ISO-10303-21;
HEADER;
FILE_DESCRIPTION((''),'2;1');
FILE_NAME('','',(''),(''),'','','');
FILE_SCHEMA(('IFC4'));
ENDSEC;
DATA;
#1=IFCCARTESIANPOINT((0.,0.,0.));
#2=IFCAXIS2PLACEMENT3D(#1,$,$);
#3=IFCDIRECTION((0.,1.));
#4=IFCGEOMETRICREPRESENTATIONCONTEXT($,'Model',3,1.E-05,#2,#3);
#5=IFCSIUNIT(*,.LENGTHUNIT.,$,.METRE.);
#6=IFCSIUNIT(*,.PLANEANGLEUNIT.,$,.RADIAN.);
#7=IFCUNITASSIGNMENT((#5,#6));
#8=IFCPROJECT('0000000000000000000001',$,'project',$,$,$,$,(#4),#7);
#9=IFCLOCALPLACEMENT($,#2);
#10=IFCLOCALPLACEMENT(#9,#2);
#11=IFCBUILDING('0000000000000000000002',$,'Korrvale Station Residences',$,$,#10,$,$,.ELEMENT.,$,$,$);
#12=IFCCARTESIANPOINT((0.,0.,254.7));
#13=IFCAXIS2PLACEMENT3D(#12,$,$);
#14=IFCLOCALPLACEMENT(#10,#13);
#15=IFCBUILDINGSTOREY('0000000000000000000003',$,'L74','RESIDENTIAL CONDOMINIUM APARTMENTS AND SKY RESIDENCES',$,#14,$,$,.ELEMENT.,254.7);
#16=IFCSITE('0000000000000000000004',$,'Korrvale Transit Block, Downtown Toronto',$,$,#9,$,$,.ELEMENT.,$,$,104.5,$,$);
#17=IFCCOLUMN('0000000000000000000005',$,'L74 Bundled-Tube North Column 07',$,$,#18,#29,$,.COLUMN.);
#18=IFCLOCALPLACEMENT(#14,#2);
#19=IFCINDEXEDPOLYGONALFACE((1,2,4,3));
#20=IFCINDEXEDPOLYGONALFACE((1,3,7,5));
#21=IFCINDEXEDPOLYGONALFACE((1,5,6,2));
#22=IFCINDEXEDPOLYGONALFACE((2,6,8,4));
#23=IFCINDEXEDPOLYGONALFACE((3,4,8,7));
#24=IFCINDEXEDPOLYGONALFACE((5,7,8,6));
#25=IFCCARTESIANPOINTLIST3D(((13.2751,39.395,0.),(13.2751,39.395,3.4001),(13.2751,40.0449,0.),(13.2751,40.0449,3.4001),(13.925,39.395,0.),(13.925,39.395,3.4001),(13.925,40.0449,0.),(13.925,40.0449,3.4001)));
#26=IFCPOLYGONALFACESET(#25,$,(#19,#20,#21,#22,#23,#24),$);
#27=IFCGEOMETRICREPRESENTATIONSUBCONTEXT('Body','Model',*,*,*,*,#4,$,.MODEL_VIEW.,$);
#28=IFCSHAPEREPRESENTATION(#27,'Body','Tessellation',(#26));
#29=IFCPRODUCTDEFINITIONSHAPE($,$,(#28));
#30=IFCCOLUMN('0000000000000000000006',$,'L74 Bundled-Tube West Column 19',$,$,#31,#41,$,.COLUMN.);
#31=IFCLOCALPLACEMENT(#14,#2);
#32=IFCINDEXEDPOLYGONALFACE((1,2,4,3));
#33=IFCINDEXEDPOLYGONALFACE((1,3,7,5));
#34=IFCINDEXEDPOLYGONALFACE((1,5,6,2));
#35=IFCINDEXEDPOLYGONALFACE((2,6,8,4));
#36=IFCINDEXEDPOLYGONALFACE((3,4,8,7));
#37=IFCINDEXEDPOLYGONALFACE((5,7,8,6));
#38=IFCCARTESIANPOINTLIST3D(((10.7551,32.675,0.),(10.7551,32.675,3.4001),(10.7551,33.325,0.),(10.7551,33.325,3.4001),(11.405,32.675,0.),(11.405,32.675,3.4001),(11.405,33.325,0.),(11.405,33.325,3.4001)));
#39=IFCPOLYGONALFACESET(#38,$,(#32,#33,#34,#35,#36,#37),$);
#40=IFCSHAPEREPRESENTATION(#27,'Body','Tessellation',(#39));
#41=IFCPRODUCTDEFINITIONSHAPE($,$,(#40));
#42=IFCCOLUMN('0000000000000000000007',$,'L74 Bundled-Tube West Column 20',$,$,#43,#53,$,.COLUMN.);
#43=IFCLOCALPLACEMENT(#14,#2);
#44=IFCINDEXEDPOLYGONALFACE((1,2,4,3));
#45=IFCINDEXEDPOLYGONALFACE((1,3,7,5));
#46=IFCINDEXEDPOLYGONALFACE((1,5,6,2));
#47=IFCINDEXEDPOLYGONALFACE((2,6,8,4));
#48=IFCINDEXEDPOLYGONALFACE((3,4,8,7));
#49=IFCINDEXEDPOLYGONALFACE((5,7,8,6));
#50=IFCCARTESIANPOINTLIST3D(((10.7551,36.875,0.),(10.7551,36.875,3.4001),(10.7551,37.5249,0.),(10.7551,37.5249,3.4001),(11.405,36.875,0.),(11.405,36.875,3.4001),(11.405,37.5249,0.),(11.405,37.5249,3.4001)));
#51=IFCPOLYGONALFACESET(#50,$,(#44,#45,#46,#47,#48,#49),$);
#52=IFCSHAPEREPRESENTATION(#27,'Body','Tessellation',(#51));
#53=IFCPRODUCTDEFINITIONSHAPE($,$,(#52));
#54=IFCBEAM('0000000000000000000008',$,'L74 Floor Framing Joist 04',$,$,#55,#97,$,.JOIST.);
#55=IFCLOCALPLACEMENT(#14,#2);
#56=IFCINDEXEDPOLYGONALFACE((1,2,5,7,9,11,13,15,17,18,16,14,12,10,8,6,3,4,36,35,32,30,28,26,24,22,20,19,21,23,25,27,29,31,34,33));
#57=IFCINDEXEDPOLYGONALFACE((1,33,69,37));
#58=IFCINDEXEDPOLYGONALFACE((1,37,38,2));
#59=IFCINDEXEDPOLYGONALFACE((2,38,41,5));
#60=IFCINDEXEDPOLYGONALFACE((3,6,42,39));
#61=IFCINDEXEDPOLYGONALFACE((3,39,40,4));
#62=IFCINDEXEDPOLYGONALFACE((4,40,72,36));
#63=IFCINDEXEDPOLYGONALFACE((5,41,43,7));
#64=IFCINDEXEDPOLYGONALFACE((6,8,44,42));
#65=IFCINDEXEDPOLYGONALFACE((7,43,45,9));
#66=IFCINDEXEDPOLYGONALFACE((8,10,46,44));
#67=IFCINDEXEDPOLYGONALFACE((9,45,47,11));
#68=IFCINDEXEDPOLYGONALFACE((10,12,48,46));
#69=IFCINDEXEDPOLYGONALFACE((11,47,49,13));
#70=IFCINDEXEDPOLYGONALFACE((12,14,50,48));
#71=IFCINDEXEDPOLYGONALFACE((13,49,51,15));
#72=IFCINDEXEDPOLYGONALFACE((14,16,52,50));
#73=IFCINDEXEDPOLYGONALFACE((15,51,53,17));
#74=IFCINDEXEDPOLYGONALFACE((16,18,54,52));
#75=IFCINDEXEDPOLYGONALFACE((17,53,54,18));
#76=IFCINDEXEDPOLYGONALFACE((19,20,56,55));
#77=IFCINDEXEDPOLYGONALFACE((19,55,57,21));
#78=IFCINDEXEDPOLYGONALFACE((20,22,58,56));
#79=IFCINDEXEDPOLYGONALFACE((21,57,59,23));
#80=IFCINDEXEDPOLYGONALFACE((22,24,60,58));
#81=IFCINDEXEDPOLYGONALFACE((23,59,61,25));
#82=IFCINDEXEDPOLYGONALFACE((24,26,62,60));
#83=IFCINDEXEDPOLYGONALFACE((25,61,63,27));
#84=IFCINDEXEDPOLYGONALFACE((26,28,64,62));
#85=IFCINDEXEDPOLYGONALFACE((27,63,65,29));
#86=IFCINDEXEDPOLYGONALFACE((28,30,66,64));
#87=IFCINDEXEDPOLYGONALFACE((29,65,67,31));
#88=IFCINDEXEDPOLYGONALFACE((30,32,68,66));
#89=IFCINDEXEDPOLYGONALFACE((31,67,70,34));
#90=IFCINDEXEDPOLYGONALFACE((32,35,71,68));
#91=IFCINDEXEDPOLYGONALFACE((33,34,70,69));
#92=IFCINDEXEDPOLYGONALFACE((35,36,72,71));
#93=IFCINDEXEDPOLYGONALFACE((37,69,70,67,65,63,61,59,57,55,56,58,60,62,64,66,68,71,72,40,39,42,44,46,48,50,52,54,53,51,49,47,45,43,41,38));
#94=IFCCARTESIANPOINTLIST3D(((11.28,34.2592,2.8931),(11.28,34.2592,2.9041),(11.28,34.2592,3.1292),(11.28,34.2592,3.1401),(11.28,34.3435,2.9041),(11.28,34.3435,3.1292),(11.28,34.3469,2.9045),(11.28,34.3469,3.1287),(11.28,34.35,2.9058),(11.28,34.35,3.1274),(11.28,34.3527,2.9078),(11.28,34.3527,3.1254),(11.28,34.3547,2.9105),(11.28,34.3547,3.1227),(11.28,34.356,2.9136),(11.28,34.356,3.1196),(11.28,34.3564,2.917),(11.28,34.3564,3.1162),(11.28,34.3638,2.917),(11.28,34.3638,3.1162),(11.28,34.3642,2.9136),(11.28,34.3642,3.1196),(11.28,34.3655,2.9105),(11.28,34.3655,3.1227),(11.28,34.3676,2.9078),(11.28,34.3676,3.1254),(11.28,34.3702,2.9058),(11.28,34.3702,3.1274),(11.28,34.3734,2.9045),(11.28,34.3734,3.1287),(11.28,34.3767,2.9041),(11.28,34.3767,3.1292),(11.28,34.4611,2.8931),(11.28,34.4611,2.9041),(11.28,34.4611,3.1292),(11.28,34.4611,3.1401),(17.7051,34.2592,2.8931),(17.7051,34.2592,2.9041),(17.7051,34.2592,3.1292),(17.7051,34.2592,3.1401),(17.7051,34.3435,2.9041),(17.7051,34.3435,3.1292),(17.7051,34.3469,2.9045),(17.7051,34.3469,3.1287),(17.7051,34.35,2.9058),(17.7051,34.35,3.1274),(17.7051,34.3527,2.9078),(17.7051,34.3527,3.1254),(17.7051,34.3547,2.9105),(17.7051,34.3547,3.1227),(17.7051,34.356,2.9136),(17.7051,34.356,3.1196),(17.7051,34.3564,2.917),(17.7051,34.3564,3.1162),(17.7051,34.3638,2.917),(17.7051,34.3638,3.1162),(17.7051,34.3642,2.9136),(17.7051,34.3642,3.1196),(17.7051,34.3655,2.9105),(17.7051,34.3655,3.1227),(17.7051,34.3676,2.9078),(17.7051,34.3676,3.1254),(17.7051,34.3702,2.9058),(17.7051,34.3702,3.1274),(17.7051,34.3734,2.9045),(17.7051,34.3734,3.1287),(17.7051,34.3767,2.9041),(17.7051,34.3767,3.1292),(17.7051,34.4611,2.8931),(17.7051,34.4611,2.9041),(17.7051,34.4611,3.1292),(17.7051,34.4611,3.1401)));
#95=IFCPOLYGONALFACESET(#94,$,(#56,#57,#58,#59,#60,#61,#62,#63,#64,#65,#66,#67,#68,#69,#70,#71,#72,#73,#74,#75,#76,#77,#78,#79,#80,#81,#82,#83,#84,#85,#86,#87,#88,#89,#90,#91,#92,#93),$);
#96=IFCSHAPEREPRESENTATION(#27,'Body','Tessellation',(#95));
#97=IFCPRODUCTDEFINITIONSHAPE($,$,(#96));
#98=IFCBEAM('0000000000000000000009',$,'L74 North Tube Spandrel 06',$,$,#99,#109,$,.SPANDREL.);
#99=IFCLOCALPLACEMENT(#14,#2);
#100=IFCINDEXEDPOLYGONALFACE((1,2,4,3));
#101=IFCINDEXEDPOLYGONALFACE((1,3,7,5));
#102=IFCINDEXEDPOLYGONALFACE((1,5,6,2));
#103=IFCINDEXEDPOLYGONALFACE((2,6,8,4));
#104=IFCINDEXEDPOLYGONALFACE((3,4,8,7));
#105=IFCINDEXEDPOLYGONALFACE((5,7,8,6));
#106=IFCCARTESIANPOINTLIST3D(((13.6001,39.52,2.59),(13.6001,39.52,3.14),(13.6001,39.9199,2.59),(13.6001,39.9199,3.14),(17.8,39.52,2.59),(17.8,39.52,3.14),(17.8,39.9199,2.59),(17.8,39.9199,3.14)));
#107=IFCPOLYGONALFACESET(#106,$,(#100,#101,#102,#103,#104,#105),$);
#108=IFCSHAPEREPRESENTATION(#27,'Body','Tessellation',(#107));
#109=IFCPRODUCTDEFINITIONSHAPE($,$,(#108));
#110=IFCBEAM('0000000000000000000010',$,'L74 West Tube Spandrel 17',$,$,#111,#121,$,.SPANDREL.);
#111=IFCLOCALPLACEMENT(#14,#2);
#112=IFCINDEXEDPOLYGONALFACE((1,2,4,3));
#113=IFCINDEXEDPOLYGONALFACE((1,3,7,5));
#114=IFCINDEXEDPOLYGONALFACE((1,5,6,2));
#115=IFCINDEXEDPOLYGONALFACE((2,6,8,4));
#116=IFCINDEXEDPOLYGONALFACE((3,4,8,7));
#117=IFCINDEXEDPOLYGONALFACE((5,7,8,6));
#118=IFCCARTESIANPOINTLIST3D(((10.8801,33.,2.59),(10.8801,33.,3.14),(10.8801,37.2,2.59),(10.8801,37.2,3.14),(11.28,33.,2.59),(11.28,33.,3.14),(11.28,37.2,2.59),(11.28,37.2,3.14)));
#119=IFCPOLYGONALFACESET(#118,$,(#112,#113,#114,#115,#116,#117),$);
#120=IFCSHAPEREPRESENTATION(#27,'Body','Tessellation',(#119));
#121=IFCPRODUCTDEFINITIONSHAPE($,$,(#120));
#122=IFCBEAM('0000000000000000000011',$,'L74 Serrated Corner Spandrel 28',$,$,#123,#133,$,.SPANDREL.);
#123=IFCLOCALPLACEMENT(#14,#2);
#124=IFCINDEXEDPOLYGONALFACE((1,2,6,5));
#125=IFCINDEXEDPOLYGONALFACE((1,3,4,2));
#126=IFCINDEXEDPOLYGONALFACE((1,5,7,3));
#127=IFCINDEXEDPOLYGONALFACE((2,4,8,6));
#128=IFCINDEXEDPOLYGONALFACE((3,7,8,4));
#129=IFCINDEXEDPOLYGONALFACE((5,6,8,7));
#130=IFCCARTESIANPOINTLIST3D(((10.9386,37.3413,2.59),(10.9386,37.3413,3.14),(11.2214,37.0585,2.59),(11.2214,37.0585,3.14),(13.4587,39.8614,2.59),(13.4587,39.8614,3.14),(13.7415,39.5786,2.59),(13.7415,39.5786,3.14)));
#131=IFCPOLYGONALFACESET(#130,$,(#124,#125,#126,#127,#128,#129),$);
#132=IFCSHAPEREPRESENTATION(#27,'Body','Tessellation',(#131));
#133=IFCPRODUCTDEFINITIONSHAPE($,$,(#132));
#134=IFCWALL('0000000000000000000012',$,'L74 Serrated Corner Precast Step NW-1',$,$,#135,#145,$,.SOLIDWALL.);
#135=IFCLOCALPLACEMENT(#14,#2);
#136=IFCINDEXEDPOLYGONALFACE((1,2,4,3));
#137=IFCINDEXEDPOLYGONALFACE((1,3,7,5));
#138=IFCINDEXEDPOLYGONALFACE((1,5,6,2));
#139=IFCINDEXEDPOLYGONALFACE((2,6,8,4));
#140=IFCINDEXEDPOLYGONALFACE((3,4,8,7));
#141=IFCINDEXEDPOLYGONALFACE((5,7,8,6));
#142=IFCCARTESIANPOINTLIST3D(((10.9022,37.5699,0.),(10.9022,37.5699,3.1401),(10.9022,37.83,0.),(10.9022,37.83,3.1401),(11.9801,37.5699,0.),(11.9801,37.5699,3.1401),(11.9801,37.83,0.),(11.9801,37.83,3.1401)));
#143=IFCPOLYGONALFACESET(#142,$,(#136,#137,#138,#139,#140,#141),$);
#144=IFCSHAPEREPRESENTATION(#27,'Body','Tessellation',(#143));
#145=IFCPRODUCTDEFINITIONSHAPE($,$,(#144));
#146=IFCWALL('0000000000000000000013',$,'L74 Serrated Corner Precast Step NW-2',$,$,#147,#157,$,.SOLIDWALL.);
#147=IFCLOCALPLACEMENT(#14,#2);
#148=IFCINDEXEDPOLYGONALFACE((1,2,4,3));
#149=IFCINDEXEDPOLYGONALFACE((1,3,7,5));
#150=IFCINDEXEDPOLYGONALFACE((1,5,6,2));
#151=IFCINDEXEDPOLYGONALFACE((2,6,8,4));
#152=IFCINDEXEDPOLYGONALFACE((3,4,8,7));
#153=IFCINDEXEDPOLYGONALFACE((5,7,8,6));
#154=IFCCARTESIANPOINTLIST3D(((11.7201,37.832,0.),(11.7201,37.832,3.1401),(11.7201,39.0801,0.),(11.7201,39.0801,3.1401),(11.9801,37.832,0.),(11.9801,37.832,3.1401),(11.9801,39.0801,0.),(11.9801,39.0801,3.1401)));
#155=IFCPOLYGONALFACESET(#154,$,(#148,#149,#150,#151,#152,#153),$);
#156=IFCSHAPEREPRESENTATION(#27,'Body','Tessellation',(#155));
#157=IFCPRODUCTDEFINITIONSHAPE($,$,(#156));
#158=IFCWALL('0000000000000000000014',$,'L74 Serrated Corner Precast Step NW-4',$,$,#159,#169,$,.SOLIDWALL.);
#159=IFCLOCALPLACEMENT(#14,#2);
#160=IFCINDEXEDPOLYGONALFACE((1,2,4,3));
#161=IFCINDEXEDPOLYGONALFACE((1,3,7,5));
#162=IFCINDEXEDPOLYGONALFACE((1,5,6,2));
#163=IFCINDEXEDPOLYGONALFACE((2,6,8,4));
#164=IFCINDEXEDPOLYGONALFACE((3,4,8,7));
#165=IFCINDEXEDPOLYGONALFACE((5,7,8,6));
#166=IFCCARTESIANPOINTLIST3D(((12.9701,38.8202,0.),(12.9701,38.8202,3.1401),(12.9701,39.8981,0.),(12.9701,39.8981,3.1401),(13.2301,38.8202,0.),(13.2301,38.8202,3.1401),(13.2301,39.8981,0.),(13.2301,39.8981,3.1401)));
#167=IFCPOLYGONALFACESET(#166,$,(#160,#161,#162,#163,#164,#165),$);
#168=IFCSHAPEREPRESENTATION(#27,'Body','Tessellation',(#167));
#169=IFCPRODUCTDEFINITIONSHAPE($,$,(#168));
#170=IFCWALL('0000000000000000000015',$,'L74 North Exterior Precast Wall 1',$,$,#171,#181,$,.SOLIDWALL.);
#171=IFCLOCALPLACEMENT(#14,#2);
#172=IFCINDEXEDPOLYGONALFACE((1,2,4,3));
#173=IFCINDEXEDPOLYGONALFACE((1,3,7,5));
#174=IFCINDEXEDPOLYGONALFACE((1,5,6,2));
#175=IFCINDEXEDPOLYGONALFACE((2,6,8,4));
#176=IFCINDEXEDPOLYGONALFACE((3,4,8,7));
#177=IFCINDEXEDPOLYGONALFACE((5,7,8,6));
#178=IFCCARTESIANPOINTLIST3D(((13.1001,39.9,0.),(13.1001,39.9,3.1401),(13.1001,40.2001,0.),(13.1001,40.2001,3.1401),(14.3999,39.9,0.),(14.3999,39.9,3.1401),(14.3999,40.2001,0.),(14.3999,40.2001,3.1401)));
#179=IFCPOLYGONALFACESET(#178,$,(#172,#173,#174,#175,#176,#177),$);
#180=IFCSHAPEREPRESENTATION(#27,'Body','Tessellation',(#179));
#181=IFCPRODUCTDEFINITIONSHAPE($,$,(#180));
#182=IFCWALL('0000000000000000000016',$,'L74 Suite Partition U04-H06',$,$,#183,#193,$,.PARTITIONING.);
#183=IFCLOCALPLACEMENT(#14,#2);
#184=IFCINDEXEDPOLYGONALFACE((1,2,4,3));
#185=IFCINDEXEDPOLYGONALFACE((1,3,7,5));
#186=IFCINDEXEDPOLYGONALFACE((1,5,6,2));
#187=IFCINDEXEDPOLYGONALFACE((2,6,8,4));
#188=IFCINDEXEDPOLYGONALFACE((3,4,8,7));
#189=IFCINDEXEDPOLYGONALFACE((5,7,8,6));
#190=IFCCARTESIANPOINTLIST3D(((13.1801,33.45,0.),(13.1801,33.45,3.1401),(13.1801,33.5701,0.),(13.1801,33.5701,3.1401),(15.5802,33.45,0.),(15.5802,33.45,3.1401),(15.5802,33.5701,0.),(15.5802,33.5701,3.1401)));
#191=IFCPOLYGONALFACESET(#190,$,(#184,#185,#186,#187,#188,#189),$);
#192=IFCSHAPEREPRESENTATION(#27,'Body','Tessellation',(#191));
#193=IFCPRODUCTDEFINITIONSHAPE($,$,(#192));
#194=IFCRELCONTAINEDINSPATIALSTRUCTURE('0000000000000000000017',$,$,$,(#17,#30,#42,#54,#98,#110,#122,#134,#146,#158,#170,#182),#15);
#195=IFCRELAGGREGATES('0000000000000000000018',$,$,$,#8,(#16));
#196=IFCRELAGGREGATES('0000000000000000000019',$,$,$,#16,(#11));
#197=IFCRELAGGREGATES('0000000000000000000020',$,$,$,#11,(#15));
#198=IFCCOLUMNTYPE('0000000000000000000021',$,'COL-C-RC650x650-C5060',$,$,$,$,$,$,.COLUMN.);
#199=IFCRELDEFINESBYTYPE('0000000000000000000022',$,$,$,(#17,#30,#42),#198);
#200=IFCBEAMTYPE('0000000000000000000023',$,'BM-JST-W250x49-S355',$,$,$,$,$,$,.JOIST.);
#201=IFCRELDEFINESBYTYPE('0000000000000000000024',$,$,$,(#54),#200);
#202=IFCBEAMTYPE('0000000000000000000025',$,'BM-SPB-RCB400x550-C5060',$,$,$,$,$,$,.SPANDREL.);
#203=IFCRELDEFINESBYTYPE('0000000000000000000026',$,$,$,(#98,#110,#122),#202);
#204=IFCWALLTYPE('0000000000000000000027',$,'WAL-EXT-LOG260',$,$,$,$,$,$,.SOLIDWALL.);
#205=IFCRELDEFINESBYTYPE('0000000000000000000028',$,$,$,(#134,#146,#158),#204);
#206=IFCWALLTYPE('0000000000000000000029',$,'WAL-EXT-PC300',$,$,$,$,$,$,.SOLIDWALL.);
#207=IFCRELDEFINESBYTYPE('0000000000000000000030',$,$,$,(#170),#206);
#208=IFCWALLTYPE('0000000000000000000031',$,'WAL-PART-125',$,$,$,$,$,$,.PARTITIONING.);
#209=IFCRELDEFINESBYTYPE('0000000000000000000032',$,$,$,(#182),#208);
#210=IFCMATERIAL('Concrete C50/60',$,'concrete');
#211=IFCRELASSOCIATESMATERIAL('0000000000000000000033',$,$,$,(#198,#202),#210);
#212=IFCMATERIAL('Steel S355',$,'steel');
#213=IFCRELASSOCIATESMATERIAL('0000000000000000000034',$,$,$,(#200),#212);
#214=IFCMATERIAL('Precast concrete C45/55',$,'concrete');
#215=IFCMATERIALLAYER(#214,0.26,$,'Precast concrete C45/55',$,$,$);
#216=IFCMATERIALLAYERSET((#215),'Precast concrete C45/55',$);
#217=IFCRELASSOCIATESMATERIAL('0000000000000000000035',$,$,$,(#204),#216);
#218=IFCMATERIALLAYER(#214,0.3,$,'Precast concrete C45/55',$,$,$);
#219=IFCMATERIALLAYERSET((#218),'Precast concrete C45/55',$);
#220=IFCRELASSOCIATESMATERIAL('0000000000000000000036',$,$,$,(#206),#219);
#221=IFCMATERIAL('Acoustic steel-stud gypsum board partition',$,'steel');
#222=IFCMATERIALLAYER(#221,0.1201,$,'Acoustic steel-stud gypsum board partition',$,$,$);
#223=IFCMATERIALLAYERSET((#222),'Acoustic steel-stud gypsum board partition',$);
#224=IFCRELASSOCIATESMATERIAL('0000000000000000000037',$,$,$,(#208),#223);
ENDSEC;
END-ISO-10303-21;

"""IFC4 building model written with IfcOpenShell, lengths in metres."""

from ifc_helpers import new_model, si_unit, direction, frame, frame_2d, origin, origin_2d, place, context, subcontext, project, spatial, rectangle, i_section, extrude, material, layer, layer_set, material_profile, profile_set, type_object, element, save


model = new_model("IFC4")

# Units and contexts
model_context = context("Model", 3, precision=1e-05, world=origin(), true_north=direction((0.0, 1.0)))
body_context = subcontext(model_context, "Body", "Model", "MODEL_VIEW")
ifc_project = project(units=[si_unit("LENGTHUNIT", "METRE"), si_unit("PLANEANGLEUNIT", "RADIAN")], contexts=[model_context])

# Site, building, storey
site_placement = place(None, origin())
site = spatial("IfcSite", under=ifc_project, at=site_placement, Name="Korrvale Transit Block, Downtown Toronto", CompositionType="ELEMENT", RefElevation=104.5)
building_placement = place(site_placement, origin())
building = spatial("IfcBuilding", under=site, at=building_placement, Name="Korrvale Station Residences", CompositionType="ELEMENT")
storey_placement = place(building_placement, frame((0.0, 0.0, 254.7)))
storey = spatial("IfcBuildingStorey", under=building, at=storey_placement, Name="L74", Description="RESIDENTIAL CONDOMINIUM APARTMENTS AND SKY RESIDENCES", CompositionType="ELEMENT", Elevation=254.7)

# Columns
ifc_material_1 = material(Name="Concrete C50/60", Category="concrete")
ifc_material_profile_1 = material_profile(ifc_material_1, rectangle(XDim=0.6499, YDim=0.6499, at=origin_2d()), Name="RC650x650")
ifc_profile_set_1 = profile_set([ifc_material_profile_1], Name="Concrete C50/60")
column_type = type_object("IfcColumnType", Name="COL-C-RC650x650-C5060", PredefinedType="COLUMN", material=ifc_profile_set_1)
for number, where, z_axis, x_axis, name in (
    (1, (13.6001, 39.72, 0.0), (0.0, 0.0, 1.0), (1.0, 0.0, 0.0), "L74 Bundled-Tube North Column 07"),
    (2, (11.0801, 33.0, 0.0), (0.0, 0.0, 1.0), (1.0, 0.0, 0.0), "L74 Bundled-Tube West Column 19"),
    (3, (11.0801, 37.2, 0.0), (0.0, 0.0, 1.0), (1.0, 0.0, 0.0), "L74 Bundled-Tube West Column 20"),
):
    element("IfcColumn", number, at=place(storey_placement, frame(where, z_axis=z_axis, x_axis=x_axis)), inside=storey, type_object=column_type, Name=name, PredefinedType="COLUMN", context=body_context, shape_type="SweptSolid", body=[
        extrude(rectangle(XDim=0.6499, YDim=0.6499, at=origin_2d()), origin(), (0.0, 0.0, 1.0), 3.4001),
    ])

# Beams
ifc_material_2 = material(Name="Steel S355", Category="steel")
ifc_material_profile_2 = material_profile(ifc_material_2, i_section(OverallWidth=0.2019, OverallDepth=0.2471, WebThickness=0.0073, FlangeThickness=0.011, FilletRadius=0.0129, at=origin_2d()), Name="W250x49")
ifc_profile_set_2 = profile_set([ifc_material_profile_2], Name="Steel S355")
beam_type_1 = type_object("IfcBeamType", Name="BM-JST-W250x49-S355", PredefinedType="JOIST", material=ifc_profile_set_2)
beam_1_placement = place(storey_placement, frame((11.28, 34.3601, 3.0166), z_axis=(1.0, 0.0, 0.0), x_axis=(0.0, 1.0, 0.0)))
element("IfcBeam", 4, at=beam_1_placement, inside=storey, type_object=beam_type_1, Name="L74 Floor Framing Joist 04", PredefinedType="JOIST", context=body_context, shape_type="SweptSolid", body=[
    extrude(i_section(OverallWidth=0.2019, OverallDepth=0.2471, WebThickness=0.0073, FlangeThickness=0.011, FilletRadius=0.0129, at=origin_2d()), origin(), (0.0, 0.0, 1.0), 6.425),
])
ifc_material_profile_3 = material_profile(ifc_material_1, rectangle(XDim=0.3999, YDim=0.55, at=origin_2d()), Name="RCB400x550")
ifc_profile_set_3 = profile_set([ifc_material_profile_3], Name="Concrete C50/60")
beam_type_2 = type_object("IfcBeamType", Name="BM-SPB-RCB400x550-C5060", PredefinedType="SPANDREL", material=ifc_profile_set_3)
for number, where, z_axis, x_axis, name in (
    (5, (13.6001, 39.72, 2.865), (1.0, 0.0, 0.0), (0.0, 1.0, 0.0), "L74 North Tube Spandrel 06"),
    (6, (11.0801, 33.0, 2.865), (0.0, 1.0, 0.0), (-1.0, 0.0, 0.0), "L74 West Tube Spandrel 17"),
):
    element("IfcBeam", number, at=place(storey_placement, frame(where, z_axis=z_axis, x_axis=x_axis)), inside=storey, type_object=beam_type_2, Name=name, PredefinedType="SPANDREL", context=body_context, shape_type="SweptSolid", body=[
        extrude(rectangle(XDim=0.3999, YDim=0.55, at=origin_2d()), origin(), (0.0, 0.0, 1.0), 4.2),
    ])
beam_2_placement = place(storey_placement, frame((13.6001, 39.72, 2.865), z_axis=(-0.707107, -0.707107, 0.0), x_axis=(0.707107, -0.707107, 0.0)))
element("IfcBeam", 7, at=beam_2_placement, inside=storey, type_object=beam_type_2, Name="L74 Serrated Corner Spandrel 28", PredefinedType="SPANDREL", context=body_context, shape_type="SweptSolid", body=[
    extrude(rectangle(XDim=0.3999, YDim=0.55, at=origin_2d()), origin(), (0.0, 0.0, 1.0), 3.564),
])

# Walls
ifc_material_3 = material(Name="Precast concrete C45/55", Category="concrete")
ifc_layer_1 = layer(ifc_material_3, 0.26, Name="Precast concrete C45/55")
ifc_layer_set_1 = layer_set([ifc_layer_1], Name="Precast concrete C45/55")
wall_type_1 = type_object("IfcWallType", Name="WAL-EXT-LOG260", PredefinedType="SOLIDWALL", material=ifc_layer_set_1)
wall_1_placement = place(storey_placement, frame((10.9021, 37.7, 0.0), z_axis=(0.0, 0.0, 1.0), x_axis=(1.0, 0.0, 0.0)))
element("IfcWall", 8, at=wall_1_placement, inside=storey, type_object=wall_type_1, Name="L74 Serrated Corner Precast Step NW-1", PredefinedType="SOLIDWALL", context=body_context, shape_type="SweptSolid", body=[
    extrude(rectangle(XDim=1.0779, YDim=0.26, at=frame_2d((0.5391, 0.0))), origin(), (0.0, 0.0, 1.0), 3.1401),
])
wall_2_placement = place(storey_placement, frame((11.8501, 37.832, 0.0), z_axis=(0.0, 0.0, 1.0), x_axis=(0.0, 1.0, 0.0)))
element("IfcWall", 9, at=wall_2_placement, inside=storey, type_object=wall_type_1, Name="L74 Serrated Corner Precast Step NW-2", PredefinedType="SOLIDWALL", context=body_context, shape_type="SweptSolid", body=[
    extrude(rectangle(XDim=1.248, YDim=0.26, at=frame_2d((0.624, 0.0))), origin(), (0.0, 0.0, 1.0), 3.1401),
])
wall_3_placement = place(storey_placement, frame((13.1001, 38.8201, 0.0), z_axis=(0.0, 0.0, 1.0), x_axis=(0.0, 1.0, 0.0)))
element("IfcWall", 10, at=wall_3_placement, inside=storey, type_object=wall_type_1, Name="L74 Serrated Corner Precast Step NW-4", PredefinedType="SOLIDWALL", context=body_context, shape_type="SweptSolid", body=[
    extrude(rectangle(XDim=1.0779, YDim=0.26, at=frame_2d((0.5391, 0.0))), origin(), (0.0, 0.0, 1.0), 3.1401),
])
ifc_layer_2 = layer(ifc_material_3, 0.3, Name="Precast concrete C45/55")
ifc_layer_set_2 = layer_set([ifc_layer_2], Name="Precast concrete C45/55")
wall_type_2 = type_object("IfcWallType", Name="WAL-EXT-PC300", PredefinedType="SOLIDWALL", material=ifc_layer_set_2)
wall_4_placement = place(storey_placement, frame((13.1001, 40.05, 0.0), z_axis=(0.0, 0.0, 1.0), x_axis=(1.0, 0.0, 0.0)))
element("IfcWall", 11, at=wall_4_placement, inside=storey, type_object=wall_type_2, Name="L74 North Exterior Precast Wall 1", PredefinedType="SOLIDWALL", context=body_context, shape_type="SweptSolid", body=[
    extrude(rectangle(XDim=1.2998, YDim=0.3, at=frame_2d((0.6499, 0.0))), origin(), (0.0, 0.0, 1.0), 3.1401),
])
ifc_material_4 = material(Name="Acoustic steel-stud gypsum board partition", Category="steel")
ifc_layer_3 = layer(ifc_material_4, 0.1201, Name="Acoustic steel-stud gypsum board partition")
ifc_layer_set_3 = layer_set([ifc_layer_3], Name="Acoustic steel-stud gypsum board partition")
wall_type_3 = type_object("IfcWallType", Name="WAL-PART-125", PredefinedType="PARTITIONING", material=ifc_layer_set_3)
wall_5_placement = place(storey_placement, frame((13.1799, 33.51, 0.0), z_axis=(0.0, 0.0, 1.0), x_axis=(1.0, 0.0, 0.0)))
element("IfcWall", 12, at=wall_5_placement, inside=storey, type_object=wall_type_3, Name="L74 Suite Partition U04-H06", PredefinedType="PARTITIONING", context=body_context, shape_type="SweptSolid", body=[
    extrude(rectangle(XDim=2.4001, YDim=0.1201, at=frame_2d((1.2002, 0.0))), origin(), (0.0, 0.0, 1.0), 3.1401),
])

save(model, "model.ifc")
